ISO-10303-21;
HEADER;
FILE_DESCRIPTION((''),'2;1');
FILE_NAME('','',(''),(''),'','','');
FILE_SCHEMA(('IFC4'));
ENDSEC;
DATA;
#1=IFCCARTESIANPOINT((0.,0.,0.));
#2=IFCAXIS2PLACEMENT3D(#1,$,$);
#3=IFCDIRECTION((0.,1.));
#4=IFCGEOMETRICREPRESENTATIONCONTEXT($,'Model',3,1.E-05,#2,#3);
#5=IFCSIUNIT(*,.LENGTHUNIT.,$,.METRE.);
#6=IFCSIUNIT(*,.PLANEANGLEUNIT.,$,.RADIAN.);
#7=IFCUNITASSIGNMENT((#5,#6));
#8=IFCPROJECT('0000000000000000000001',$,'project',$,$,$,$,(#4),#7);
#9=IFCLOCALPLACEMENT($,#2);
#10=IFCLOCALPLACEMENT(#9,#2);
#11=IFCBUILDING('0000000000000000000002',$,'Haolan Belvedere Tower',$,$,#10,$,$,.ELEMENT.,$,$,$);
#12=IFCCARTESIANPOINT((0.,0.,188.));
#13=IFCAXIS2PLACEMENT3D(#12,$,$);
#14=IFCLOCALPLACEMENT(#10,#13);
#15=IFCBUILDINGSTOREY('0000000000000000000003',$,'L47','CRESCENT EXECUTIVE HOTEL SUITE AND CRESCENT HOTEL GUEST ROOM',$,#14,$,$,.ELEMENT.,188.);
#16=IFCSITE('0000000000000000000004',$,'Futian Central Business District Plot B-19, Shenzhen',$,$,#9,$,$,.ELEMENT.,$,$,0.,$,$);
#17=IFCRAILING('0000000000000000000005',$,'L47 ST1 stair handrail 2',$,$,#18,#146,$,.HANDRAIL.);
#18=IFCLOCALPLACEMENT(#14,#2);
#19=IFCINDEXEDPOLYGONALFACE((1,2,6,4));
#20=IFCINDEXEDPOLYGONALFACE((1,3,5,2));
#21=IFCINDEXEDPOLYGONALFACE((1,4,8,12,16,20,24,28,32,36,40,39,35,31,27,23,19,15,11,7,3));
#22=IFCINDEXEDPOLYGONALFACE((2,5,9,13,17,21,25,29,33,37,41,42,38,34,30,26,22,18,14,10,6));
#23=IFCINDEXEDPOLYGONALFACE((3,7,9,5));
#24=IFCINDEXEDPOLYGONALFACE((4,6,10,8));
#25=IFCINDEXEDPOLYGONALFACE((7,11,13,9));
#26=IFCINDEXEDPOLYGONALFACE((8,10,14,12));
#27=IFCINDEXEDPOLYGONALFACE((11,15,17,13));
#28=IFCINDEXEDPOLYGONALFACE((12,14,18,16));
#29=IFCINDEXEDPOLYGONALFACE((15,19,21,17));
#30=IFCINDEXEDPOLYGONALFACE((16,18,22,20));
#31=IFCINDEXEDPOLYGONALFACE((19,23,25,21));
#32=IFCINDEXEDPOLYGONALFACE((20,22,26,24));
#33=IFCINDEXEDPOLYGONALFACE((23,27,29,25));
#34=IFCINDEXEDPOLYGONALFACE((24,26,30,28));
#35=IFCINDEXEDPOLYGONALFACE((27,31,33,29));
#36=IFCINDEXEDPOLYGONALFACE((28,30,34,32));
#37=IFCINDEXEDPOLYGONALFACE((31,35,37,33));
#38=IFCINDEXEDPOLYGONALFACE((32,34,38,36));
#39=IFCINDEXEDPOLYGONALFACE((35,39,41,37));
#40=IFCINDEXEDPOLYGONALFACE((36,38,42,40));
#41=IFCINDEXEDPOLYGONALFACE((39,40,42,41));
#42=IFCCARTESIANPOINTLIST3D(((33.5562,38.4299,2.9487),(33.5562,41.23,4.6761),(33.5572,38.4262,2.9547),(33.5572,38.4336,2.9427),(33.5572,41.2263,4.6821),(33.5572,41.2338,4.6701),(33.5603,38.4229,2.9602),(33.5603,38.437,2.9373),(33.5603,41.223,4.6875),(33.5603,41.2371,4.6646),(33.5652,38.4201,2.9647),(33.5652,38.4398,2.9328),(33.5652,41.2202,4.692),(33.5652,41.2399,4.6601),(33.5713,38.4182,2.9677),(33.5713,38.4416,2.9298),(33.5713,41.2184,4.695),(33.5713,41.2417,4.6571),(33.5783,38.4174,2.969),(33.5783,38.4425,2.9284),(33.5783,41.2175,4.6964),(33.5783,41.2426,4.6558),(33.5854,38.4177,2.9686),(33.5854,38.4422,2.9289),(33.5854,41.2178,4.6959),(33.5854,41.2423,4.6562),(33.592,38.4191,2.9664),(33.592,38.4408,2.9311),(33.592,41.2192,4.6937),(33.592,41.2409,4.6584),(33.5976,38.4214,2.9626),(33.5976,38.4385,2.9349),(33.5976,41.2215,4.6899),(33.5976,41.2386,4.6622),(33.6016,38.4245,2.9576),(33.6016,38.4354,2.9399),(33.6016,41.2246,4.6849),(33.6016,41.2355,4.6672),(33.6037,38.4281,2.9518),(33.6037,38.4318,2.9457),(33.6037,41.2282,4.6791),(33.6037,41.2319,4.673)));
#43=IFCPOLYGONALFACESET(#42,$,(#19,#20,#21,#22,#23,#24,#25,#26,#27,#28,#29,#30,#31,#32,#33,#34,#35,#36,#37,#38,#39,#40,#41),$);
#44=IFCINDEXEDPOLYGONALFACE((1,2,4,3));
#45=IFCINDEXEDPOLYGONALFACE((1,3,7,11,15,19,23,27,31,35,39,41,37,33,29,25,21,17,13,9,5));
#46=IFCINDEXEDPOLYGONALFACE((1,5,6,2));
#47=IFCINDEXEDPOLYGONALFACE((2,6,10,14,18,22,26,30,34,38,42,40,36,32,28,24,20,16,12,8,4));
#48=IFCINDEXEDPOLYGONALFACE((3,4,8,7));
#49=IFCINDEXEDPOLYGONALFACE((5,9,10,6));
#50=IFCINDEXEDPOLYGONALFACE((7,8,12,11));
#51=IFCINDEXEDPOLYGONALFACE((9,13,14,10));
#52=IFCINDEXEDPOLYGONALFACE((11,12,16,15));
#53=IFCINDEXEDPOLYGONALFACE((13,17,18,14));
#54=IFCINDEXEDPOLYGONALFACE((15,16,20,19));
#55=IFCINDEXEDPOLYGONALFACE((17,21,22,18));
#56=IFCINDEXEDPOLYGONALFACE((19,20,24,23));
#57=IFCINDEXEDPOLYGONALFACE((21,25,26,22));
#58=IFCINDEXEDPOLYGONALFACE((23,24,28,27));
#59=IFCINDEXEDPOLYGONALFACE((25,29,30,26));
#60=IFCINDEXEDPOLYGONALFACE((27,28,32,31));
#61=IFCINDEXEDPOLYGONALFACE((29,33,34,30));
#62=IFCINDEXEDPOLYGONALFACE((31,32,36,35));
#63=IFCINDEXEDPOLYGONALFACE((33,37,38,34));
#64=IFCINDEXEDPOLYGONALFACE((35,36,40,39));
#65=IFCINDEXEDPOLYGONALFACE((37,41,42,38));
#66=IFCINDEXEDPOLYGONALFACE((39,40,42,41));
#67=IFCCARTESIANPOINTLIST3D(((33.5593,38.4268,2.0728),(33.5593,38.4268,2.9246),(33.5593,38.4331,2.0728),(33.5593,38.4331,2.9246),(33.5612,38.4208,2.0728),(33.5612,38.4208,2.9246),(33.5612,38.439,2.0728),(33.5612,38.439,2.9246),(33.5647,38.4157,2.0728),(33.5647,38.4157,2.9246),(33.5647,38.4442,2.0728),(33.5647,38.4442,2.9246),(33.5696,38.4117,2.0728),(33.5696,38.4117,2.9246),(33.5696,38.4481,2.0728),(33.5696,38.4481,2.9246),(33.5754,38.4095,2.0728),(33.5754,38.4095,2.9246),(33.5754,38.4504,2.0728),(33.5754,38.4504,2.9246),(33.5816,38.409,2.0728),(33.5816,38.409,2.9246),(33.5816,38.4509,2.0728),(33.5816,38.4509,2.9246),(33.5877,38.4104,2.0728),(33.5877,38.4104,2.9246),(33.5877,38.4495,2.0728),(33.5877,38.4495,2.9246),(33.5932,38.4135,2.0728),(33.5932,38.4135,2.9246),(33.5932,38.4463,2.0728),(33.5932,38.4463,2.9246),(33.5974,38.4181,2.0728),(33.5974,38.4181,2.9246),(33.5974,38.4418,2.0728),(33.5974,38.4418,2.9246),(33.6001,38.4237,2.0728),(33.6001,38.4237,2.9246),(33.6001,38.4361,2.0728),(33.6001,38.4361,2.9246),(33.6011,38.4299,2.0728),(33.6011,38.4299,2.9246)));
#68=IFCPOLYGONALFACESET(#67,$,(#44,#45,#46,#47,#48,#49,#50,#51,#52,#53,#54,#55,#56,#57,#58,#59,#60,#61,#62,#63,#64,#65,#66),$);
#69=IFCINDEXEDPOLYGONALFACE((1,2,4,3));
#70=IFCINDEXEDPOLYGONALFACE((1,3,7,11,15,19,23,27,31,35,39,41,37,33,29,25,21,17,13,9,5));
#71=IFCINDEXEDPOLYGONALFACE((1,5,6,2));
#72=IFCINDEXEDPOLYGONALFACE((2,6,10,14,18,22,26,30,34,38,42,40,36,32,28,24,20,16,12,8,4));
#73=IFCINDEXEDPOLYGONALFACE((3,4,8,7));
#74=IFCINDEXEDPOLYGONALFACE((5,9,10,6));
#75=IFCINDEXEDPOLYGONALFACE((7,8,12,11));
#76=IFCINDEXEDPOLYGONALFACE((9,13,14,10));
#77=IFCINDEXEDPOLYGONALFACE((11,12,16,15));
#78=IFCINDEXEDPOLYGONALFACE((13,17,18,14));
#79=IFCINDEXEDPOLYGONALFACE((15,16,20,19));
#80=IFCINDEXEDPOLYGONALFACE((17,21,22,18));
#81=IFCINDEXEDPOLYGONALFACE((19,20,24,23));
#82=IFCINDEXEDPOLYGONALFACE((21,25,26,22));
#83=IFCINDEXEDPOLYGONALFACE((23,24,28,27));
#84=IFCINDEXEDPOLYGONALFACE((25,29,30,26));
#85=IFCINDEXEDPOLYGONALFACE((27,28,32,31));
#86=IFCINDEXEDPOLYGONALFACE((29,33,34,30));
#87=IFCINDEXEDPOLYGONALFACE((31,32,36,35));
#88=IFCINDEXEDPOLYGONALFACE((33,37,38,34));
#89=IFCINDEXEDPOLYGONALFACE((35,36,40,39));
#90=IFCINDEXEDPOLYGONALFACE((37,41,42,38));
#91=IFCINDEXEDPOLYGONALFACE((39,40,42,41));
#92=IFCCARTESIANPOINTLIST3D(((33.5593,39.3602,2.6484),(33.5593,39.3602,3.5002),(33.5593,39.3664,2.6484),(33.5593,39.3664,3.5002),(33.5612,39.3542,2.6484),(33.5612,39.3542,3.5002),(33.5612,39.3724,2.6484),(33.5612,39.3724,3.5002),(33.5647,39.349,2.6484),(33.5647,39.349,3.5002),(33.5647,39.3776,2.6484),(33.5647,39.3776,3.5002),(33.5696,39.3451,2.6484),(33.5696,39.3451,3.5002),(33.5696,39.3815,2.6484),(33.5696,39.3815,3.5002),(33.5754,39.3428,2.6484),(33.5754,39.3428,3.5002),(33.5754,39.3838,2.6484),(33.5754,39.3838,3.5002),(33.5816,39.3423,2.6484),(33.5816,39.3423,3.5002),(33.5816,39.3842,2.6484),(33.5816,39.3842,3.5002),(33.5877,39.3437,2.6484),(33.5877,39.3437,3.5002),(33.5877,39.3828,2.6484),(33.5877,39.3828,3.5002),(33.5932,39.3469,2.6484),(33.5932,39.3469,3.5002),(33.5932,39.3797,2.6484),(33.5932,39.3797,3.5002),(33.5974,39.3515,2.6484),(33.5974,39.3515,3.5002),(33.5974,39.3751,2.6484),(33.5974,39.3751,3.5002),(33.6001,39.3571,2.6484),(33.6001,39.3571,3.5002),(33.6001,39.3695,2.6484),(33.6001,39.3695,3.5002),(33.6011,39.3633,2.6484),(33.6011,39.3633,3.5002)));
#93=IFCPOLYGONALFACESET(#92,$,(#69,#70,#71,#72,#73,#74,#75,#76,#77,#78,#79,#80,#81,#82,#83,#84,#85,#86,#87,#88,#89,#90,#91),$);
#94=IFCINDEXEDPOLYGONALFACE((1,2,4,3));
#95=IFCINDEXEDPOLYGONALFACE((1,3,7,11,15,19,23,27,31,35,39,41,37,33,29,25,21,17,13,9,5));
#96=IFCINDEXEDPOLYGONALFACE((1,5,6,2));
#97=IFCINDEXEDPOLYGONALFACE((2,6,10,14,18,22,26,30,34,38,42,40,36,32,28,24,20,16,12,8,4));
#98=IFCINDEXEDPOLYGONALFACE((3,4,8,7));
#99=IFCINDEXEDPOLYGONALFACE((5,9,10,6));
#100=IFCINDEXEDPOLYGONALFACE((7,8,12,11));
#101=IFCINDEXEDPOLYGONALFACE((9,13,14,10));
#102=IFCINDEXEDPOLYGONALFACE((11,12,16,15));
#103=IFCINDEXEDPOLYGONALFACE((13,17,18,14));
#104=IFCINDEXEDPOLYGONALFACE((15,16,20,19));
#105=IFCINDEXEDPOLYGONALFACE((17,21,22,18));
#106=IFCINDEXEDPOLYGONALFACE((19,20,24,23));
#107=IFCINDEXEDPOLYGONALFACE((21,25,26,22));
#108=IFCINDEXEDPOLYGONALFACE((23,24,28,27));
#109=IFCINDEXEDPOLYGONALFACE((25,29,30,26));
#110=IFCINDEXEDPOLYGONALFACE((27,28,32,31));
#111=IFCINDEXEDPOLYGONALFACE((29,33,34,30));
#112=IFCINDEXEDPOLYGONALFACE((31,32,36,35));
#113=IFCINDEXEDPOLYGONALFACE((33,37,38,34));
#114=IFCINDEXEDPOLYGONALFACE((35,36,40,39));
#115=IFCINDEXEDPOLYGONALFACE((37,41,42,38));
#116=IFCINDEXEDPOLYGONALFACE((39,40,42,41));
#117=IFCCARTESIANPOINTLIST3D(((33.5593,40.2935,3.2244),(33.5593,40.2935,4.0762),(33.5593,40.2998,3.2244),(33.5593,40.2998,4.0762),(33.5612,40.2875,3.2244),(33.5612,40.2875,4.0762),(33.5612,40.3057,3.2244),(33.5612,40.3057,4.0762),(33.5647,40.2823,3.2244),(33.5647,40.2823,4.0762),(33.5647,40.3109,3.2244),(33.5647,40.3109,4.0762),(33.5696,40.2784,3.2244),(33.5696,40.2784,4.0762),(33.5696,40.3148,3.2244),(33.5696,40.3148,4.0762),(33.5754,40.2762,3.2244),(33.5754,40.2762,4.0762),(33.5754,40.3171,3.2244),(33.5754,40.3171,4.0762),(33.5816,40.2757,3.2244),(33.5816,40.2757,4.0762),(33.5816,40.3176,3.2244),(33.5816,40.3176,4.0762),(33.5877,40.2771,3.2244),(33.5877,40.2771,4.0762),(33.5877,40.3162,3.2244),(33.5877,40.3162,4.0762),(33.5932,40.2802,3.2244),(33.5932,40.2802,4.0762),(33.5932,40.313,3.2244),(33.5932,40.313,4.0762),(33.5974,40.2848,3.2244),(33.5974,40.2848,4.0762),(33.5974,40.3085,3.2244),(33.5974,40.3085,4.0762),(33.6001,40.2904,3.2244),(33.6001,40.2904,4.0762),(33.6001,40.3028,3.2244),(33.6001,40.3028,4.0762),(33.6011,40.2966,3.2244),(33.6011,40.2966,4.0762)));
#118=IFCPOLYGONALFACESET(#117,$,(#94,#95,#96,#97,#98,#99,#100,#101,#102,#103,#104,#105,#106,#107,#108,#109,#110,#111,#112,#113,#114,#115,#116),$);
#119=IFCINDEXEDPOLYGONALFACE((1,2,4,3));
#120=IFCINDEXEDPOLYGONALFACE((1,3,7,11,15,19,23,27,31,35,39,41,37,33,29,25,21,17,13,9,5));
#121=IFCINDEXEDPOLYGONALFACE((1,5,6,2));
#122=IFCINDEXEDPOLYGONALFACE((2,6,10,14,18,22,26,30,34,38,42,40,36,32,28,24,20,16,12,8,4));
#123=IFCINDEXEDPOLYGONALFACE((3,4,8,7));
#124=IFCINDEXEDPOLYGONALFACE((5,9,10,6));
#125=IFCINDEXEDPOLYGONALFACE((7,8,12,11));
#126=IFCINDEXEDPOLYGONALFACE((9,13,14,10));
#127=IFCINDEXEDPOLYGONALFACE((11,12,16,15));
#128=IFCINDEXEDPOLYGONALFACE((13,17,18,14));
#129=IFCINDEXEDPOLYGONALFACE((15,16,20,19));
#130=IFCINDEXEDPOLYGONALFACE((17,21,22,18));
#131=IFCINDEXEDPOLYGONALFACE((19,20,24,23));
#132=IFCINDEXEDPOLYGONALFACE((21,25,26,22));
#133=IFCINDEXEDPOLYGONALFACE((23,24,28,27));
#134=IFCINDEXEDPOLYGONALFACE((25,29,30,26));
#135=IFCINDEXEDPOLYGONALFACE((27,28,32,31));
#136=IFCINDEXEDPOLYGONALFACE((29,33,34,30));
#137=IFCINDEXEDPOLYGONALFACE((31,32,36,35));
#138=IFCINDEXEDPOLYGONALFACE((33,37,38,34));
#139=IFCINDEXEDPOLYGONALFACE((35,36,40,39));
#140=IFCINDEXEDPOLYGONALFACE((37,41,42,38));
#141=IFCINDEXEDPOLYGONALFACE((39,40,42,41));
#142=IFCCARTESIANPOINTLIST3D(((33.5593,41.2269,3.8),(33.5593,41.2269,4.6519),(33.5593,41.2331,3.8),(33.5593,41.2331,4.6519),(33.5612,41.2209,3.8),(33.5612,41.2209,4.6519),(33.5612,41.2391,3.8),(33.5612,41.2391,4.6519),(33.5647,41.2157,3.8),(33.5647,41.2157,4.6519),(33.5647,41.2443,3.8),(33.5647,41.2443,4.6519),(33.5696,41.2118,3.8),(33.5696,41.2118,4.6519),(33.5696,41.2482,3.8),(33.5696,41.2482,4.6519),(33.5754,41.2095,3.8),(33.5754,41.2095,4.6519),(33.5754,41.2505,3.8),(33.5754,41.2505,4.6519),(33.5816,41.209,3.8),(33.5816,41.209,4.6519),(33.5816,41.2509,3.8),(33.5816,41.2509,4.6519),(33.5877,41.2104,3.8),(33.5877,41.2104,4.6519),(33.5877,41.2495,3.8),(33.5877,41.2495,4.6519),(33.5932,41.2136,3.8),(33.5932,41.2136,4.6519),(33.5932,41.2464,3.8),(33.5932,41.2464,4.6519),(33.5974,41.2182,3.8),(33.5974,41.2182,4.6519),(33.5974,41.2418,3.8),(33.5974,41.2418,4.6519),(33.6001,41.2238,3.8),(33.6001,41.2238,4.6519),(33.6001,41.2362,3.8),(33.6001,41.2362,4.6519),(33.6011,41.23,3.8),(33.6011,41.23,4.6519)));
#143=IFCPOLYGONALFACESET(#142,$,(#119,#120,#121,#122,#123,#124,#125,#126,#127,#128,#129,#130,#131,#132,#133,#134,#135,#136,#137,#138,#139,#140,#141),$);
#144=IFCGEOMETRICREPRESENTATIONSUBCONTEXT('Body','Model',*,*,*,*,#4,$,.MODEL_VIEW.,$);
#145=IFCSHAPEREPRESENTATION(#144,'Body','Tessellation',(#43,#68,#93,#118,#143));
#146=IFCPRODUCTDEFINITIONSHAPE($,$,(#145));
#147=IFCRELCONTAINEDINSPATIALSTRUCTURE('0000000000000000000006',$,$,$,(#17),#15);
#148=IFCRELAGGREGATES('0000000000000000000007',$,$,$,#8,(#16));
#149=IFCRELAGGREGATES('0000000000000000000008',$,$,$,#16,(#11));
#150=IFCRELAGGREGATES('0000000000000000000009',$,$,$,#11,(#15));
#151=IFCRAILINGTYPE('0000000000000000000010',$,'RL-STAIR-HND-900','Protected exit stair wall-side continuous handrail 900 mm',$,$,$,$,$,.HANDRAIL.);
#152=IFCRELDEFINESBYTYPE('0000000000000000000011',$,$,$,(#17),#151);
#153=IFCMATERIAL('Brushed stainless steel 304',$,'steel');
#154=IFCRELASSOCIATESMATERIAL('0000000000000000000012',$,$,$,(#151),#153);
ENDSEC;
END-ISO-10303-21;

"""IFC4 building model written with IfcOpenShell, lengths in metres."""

from ifc_helpers import new_model, si_unit, direction, frame, origin, origin_2d, place, context, subcontext, project, spatial, circle, extrude, material, type_object, element, save


model = new_model("IFC4")

# Units and contexts
model_context = context("Model", 3, precision=1e-05, world=origin(), true_north=direction((0.0, 1.0)))
body_context = subcontext(model_context, "Body", "Model", "MODEL_VIEW")
ifc_project = project(units=[si_unit("LENGTHUNIT", "METRE"), si_unit("PLANEANGLEUNIT", "RADIAN")], contexts=[model_context])

# Site, building, storey
site_placement = place(None, origin())
site = spatial("IfcSite", under=ifc_project, at=site_placement, Name="Futian Central Business District Plot B-19, Shenzhen", CompositionType="ELEMENT", RefElevation=0.0)
building_placement = place(site_placement, origin())
building = spatial("IfcBuilding", under=site, at=building_placement, Name="Haolan Belvedere Tower", CompositionType="ELEMENT")
storey_placement = place(building_placement, frame((0.0, 0.0, 188.0)))
storey = spatial("IfcBuildingStorey", under=building, at=storey_placement, Name="L47", Description="CRESCENT EXECUTIVE HOTEL SUITE AND CRESCENT HOTEL GUEST ROOM", CompositionType="ELEMENT", Elevation=188.0)

# Railing
ifc_material_1 = material(Name="Brushed stainless steel 304", Category="steel")
railing_type_1 = type_object("IfcRailingType", Name="RL-STAIR-HND-900", Description="Protected exit stair wall-side continuous handrail 900 mm", PredefinedType="HANDRAIL", material=ifc_material_1)
railing_1_placement = place(storey_placement, frame((33.5801, 38.4299, 2.0728)))
element("IfcRailing", 1, at=railing_1_placement, inside=storey, type_object=railing_type_1, Name="L47 ST1 stair handrail 2", PredefinedType="HANDRAIL", context=body_context, shape_type="SweptSolid", body=[
    extrude(circle(Radius=0.0239, at=origin_2d()), frame((0.0, 0.0, 0.876), z_axis=(0.0, 0.85109, 0.52502), x_axis=(-1.0, 0.0, 0.0)), (0.0, 0.0, 1.0), 3.29),
    extrude(circle(Radius=0.021, at=origin_2d()), origin(), (0.0, 0.0, 1.0), 0.8518),
    extrude(circle(Radius=0.021, at=origin_2d()), frame((0.0, 0.9333, 0.5757)), (0.0, 0.0, 1.0), 0.8518),
    extrude(circle(Radius=0.021, at=origin_2d()), frame((0.0, 1.8667, 1.1516)), (0.0, 0.0, 1.0), 0.8518),
    extrude(circle(Radius=0.021, at=origin_2d()), frame((0.0, 2.8, 1.7273)), (0.0, 0.0, 1.0), 0.8518),
])

save(model, "model.ifc")
